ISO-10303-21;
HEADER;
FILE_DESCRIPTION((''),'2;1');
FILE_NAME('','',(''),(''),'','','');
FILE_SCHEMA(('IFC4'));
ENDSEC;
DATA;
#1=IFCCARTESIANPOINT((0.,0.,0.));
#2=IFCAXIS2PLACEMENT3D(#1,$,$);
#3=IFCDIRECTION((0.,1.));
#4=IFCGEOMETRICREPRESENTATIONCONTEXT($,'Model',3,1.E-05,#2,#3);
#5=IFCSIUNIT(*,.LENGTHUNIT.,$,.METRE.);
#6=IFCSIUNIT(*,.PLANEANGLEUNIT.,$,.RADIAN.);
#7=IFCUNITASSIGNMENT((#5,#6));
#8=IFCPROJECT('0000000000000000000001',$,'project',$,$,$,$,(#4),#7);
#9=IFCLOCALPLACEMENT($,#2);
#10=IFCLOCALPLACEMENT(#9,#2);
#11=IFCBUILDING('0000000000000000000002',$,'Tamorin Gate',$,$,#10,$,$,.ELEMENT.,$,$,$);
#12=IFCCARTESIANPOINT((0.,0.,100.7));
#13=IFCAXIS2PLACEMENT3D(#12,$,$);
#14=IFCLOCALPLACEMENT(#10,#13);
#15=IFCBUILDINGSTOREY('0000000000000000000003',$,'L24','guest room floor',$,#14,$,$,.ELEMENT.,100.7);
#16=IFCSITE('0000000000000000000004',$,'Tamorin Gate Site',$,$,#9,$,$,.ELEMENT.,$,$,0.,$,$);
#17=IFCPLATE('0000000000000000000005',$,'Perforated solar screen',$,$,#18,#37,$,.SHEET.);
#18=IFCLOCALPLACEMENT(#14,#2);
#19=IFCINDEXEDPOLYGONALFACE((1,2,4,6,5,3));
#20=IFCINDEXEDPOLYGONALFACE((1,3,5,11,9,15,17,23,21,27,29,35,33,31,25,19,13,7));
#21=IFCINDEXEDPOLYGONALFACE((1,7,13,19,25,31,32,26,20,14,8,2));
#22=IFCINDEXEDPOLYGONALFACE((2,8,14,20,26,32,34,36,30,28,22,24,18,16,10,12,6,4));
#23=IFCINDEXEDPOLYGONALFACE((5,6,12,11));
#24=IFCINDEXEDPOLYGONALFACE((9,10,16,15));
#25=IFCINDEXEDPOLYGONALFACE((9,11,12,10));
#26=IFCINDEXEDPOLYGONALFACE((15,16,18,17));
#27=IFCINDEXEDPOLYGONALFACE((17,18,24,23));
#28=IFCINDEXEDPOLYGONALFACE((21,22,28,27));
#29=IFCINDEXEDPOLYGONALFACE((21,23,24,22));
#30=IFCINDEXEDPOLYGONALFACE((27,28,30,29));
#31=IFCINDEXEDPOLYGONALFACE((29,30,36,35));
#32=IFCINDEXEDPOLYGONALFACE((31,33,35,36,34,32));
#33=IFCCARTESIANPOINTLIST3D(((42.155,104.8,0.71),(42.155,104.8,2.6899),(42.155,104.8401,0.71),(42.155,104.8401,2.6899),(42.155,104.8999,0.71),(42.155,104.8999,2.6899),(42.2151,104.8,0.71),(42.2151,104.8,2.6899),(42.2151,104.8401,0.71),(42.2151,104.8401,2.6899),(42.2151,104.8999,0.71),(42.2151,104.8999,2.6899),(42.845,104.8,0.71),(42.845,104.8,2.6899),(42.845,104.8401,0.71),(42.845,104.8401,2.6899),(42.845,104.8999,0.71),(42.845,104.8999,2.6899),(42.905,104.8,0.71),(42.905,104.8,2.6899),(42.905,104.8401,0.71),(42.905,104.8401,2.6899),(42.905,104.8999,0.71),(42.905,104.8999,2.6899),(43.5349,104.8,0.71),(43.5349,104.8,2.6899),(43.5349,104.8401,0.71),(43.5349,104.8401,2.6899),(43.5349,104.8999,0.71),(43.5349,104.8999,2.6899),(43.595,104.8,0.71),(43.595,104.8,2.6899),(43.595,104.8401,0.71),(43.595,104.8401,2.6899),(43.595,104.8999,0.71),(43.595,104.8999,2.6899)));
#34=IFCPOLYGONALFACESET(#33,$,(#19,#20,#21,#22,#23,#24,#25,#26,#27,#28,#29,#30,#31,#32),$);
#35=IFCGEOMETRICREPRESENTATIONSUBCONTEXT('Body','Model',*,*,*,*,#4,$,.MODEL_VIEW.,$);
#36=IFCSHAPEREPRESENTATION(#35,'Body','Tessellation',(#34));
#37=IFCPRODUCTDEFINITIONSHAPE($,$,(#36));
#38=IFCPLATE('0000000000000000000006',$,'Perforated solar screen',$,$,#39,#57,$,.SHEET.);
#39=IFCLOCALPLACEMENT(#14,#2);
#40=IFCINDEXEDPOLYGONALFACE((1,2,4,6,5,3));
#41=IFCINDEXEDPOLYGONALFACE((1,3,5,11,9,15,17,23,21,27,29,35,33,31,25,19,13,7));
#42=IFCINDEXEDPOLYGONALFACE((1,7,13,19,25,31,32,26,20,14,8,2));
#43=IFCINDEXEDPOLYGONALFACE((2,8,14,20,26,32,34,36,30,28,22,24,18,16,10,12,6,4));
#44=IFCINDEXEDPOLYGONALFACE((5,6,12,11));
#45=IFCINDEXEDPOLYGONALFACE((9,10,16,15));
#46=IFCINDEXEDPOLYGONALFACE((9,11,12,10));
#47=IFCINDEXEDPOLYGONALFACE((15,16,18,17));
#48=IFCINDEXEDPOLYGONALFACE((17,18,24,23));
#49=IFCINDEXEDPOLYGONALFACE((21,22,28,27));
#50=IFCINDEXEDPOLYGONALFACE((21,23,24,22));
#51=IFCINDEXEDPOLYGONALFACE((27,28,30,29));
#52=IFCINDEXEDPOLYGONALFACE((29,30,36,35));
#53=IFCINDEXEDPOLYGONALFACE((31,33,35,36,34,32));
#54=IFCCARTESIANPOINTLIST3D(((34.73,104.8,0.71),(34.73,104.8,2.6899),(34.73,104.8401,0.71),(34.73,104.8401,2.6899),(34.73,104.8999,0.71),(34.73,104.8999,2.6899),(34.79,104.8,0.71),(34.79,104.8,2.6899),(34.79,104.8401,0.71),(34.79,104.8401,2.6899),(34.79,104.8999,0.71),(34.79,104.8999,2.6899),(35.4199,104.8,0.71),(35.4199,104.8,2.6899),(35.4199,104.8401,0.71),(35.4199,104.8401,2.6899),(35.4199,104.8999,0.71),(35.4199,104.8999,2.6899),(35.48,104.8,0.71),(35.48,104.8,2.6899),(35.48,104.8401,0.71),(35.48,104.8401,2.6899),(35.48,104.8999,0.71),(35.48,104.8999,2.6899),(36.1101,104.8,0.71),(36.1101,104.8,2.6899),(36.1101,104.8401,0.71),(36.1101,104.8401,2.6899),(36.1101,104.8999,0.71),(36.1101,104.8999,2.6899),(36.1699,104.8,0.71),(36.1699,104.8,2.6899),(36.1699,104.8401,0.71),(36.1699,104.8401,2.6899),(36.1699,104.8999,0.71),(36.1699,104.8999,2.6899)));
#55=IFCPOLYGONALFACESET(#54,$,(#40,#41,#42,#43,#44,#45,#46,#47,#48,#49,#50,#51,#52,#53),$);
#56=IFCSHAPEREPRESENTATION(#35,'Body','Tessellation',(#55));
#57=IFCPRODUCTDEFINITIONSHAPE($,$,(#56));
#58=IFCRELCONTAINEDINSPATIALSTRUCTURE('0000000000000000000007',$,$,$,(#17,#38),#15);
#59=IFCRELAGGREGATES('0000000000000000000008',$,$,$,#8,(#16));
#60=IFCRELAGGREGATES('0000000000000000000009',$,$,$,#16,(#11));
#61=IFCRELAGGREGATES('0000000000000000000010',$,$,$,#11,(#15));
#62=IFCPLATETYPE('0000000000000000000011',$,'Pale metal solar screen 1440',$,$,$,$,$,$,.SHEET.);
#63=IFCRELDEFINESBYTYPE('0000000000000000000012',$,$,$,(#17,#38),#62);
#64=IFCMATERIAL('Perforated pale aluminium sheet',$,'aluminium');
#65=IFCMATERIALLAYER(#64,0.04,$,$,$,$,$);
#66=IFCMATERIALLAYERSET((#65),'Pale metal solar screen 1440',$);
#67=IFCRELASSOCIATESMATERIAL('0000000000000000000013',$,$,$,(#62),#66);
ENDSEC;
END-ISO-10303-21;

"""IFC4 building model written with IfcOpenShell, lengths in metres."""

from ifc_helpers import new_model, si_unit, direction, frame, origin, place, context, subcontext, project, spatial, polyline, outline, extrude, material, layer, layer_set, type_object, element, save


model = new_model("IFC4")

# Units and contexts
model_context = context("Model", 3, precision=1e-05, world=origin(), true_north=direction((0.0, 1.0)))
body_context = subcontext(model_context, "Body", "Model", "MODEL_VIEW")
ifc_project = project(units=[si_unit("LENGTHUNIT", "METRE"), si_unit("PLANEANGLEUNIT", "RADIAN")], contexts=[model_context])

# Site, building, storey
site_placement = place(None, origin())
site = spatial("IfcSite", under=ifc_project, at=site_placement, Name="Tamorin Gate Site", CompositionType="ELEMENT", RefElevation=0.0)
building_placement = place(site_placement, origin())
building = spatial("IfcBuilding", under=site, at=building_placement, Name="Tamorin Gate", CompositionType="ELEMENT")
storey_placement = place(building_placement, frame((0.0, 0.0, 100.7)))
storey = spatial("IfcBuildingStorey", under=building, at=storey_placement, Name="L24", Description="guest room floor", CompositionType="ELEMENT", Elevation=100.7)

# Plates
ifc_material = material(Name="Perforated pale aluminium sheet", Category="aluminium")
ifc_layer = layer(ifc_material, 0.04)
ifc_layer_set = layer_set([ifc_layer], Name="Pale metal solar screen 1440")
plate_type = type_object("IfcPlateType", Name="Pale metal solar screen 1440", PredefinedType="SHEET", material=ifc_layer_set)
plate_1_placement = place(storey_placement, frame((0.0, 0.0, 0.71)))
element("IfcPlate", 1, at=plate_1_placement, inside=storey, type_object=plate_type, Name="Perforated solar screen", PredefinedType="SHEET", context=body_context, shape_type="SweptSolid", body=[
    extrude(outline(polyline([(43.595, 104.8401), (43.595, 104.8), (43.5349, 104.8), (42.905, 104.8), (42.845, 104.8), (42.2151, 104.8), (42.155, 104.8), (42.155, 104.8401), (42.155, 104.8999), (42.2151, 104.8999), (42.2151, 104.8401), (42.845, 104.8401), (42.845, 104.8999), (42.905, 104.8999), (42.905, 104.8401), (43.5349, 104.8401), (43.5349, 104.8999), (43.595, 104.8999), (43.595, 104.8401)])), origin(), (0.0, 0.0, 1.0), 1.98),
])
plate_2_placement = place(storey_placement, frame((0.0, 0.0, 0.71)))
element("IfcPlate", 2, at=plate_2_placement, inside=storey, type_object=plate_type, Name="Perforated solar screen", PredefinedType="SHEET", context=body_context, shape_type="SweptSolid", body=[
    extrude(outline(polyline([(36.1699, 104.8401), (36.1699, 104.8), (36.1101, 104.8), (35.48, 104.8), (35.4199, 104.8), (34.79, 104.8), (34.73, 104.8), (34.73, 104.8401), (34.73, 104.8999), (34.79, 104.8999), (34.79, 104.8401), (35.4199, 104.8401), (35.4199, 104.8999), (35.48, 104.8999), (35.48, 104.8401), (36.1101, 104.8401), (36.1101, 104.8999), (36.1699, 104.8999), (36.1699, 104.8401)])), origin(), (0.0, 0.0, 1.0), 1.98),
])

save(model, "model.ifc")
